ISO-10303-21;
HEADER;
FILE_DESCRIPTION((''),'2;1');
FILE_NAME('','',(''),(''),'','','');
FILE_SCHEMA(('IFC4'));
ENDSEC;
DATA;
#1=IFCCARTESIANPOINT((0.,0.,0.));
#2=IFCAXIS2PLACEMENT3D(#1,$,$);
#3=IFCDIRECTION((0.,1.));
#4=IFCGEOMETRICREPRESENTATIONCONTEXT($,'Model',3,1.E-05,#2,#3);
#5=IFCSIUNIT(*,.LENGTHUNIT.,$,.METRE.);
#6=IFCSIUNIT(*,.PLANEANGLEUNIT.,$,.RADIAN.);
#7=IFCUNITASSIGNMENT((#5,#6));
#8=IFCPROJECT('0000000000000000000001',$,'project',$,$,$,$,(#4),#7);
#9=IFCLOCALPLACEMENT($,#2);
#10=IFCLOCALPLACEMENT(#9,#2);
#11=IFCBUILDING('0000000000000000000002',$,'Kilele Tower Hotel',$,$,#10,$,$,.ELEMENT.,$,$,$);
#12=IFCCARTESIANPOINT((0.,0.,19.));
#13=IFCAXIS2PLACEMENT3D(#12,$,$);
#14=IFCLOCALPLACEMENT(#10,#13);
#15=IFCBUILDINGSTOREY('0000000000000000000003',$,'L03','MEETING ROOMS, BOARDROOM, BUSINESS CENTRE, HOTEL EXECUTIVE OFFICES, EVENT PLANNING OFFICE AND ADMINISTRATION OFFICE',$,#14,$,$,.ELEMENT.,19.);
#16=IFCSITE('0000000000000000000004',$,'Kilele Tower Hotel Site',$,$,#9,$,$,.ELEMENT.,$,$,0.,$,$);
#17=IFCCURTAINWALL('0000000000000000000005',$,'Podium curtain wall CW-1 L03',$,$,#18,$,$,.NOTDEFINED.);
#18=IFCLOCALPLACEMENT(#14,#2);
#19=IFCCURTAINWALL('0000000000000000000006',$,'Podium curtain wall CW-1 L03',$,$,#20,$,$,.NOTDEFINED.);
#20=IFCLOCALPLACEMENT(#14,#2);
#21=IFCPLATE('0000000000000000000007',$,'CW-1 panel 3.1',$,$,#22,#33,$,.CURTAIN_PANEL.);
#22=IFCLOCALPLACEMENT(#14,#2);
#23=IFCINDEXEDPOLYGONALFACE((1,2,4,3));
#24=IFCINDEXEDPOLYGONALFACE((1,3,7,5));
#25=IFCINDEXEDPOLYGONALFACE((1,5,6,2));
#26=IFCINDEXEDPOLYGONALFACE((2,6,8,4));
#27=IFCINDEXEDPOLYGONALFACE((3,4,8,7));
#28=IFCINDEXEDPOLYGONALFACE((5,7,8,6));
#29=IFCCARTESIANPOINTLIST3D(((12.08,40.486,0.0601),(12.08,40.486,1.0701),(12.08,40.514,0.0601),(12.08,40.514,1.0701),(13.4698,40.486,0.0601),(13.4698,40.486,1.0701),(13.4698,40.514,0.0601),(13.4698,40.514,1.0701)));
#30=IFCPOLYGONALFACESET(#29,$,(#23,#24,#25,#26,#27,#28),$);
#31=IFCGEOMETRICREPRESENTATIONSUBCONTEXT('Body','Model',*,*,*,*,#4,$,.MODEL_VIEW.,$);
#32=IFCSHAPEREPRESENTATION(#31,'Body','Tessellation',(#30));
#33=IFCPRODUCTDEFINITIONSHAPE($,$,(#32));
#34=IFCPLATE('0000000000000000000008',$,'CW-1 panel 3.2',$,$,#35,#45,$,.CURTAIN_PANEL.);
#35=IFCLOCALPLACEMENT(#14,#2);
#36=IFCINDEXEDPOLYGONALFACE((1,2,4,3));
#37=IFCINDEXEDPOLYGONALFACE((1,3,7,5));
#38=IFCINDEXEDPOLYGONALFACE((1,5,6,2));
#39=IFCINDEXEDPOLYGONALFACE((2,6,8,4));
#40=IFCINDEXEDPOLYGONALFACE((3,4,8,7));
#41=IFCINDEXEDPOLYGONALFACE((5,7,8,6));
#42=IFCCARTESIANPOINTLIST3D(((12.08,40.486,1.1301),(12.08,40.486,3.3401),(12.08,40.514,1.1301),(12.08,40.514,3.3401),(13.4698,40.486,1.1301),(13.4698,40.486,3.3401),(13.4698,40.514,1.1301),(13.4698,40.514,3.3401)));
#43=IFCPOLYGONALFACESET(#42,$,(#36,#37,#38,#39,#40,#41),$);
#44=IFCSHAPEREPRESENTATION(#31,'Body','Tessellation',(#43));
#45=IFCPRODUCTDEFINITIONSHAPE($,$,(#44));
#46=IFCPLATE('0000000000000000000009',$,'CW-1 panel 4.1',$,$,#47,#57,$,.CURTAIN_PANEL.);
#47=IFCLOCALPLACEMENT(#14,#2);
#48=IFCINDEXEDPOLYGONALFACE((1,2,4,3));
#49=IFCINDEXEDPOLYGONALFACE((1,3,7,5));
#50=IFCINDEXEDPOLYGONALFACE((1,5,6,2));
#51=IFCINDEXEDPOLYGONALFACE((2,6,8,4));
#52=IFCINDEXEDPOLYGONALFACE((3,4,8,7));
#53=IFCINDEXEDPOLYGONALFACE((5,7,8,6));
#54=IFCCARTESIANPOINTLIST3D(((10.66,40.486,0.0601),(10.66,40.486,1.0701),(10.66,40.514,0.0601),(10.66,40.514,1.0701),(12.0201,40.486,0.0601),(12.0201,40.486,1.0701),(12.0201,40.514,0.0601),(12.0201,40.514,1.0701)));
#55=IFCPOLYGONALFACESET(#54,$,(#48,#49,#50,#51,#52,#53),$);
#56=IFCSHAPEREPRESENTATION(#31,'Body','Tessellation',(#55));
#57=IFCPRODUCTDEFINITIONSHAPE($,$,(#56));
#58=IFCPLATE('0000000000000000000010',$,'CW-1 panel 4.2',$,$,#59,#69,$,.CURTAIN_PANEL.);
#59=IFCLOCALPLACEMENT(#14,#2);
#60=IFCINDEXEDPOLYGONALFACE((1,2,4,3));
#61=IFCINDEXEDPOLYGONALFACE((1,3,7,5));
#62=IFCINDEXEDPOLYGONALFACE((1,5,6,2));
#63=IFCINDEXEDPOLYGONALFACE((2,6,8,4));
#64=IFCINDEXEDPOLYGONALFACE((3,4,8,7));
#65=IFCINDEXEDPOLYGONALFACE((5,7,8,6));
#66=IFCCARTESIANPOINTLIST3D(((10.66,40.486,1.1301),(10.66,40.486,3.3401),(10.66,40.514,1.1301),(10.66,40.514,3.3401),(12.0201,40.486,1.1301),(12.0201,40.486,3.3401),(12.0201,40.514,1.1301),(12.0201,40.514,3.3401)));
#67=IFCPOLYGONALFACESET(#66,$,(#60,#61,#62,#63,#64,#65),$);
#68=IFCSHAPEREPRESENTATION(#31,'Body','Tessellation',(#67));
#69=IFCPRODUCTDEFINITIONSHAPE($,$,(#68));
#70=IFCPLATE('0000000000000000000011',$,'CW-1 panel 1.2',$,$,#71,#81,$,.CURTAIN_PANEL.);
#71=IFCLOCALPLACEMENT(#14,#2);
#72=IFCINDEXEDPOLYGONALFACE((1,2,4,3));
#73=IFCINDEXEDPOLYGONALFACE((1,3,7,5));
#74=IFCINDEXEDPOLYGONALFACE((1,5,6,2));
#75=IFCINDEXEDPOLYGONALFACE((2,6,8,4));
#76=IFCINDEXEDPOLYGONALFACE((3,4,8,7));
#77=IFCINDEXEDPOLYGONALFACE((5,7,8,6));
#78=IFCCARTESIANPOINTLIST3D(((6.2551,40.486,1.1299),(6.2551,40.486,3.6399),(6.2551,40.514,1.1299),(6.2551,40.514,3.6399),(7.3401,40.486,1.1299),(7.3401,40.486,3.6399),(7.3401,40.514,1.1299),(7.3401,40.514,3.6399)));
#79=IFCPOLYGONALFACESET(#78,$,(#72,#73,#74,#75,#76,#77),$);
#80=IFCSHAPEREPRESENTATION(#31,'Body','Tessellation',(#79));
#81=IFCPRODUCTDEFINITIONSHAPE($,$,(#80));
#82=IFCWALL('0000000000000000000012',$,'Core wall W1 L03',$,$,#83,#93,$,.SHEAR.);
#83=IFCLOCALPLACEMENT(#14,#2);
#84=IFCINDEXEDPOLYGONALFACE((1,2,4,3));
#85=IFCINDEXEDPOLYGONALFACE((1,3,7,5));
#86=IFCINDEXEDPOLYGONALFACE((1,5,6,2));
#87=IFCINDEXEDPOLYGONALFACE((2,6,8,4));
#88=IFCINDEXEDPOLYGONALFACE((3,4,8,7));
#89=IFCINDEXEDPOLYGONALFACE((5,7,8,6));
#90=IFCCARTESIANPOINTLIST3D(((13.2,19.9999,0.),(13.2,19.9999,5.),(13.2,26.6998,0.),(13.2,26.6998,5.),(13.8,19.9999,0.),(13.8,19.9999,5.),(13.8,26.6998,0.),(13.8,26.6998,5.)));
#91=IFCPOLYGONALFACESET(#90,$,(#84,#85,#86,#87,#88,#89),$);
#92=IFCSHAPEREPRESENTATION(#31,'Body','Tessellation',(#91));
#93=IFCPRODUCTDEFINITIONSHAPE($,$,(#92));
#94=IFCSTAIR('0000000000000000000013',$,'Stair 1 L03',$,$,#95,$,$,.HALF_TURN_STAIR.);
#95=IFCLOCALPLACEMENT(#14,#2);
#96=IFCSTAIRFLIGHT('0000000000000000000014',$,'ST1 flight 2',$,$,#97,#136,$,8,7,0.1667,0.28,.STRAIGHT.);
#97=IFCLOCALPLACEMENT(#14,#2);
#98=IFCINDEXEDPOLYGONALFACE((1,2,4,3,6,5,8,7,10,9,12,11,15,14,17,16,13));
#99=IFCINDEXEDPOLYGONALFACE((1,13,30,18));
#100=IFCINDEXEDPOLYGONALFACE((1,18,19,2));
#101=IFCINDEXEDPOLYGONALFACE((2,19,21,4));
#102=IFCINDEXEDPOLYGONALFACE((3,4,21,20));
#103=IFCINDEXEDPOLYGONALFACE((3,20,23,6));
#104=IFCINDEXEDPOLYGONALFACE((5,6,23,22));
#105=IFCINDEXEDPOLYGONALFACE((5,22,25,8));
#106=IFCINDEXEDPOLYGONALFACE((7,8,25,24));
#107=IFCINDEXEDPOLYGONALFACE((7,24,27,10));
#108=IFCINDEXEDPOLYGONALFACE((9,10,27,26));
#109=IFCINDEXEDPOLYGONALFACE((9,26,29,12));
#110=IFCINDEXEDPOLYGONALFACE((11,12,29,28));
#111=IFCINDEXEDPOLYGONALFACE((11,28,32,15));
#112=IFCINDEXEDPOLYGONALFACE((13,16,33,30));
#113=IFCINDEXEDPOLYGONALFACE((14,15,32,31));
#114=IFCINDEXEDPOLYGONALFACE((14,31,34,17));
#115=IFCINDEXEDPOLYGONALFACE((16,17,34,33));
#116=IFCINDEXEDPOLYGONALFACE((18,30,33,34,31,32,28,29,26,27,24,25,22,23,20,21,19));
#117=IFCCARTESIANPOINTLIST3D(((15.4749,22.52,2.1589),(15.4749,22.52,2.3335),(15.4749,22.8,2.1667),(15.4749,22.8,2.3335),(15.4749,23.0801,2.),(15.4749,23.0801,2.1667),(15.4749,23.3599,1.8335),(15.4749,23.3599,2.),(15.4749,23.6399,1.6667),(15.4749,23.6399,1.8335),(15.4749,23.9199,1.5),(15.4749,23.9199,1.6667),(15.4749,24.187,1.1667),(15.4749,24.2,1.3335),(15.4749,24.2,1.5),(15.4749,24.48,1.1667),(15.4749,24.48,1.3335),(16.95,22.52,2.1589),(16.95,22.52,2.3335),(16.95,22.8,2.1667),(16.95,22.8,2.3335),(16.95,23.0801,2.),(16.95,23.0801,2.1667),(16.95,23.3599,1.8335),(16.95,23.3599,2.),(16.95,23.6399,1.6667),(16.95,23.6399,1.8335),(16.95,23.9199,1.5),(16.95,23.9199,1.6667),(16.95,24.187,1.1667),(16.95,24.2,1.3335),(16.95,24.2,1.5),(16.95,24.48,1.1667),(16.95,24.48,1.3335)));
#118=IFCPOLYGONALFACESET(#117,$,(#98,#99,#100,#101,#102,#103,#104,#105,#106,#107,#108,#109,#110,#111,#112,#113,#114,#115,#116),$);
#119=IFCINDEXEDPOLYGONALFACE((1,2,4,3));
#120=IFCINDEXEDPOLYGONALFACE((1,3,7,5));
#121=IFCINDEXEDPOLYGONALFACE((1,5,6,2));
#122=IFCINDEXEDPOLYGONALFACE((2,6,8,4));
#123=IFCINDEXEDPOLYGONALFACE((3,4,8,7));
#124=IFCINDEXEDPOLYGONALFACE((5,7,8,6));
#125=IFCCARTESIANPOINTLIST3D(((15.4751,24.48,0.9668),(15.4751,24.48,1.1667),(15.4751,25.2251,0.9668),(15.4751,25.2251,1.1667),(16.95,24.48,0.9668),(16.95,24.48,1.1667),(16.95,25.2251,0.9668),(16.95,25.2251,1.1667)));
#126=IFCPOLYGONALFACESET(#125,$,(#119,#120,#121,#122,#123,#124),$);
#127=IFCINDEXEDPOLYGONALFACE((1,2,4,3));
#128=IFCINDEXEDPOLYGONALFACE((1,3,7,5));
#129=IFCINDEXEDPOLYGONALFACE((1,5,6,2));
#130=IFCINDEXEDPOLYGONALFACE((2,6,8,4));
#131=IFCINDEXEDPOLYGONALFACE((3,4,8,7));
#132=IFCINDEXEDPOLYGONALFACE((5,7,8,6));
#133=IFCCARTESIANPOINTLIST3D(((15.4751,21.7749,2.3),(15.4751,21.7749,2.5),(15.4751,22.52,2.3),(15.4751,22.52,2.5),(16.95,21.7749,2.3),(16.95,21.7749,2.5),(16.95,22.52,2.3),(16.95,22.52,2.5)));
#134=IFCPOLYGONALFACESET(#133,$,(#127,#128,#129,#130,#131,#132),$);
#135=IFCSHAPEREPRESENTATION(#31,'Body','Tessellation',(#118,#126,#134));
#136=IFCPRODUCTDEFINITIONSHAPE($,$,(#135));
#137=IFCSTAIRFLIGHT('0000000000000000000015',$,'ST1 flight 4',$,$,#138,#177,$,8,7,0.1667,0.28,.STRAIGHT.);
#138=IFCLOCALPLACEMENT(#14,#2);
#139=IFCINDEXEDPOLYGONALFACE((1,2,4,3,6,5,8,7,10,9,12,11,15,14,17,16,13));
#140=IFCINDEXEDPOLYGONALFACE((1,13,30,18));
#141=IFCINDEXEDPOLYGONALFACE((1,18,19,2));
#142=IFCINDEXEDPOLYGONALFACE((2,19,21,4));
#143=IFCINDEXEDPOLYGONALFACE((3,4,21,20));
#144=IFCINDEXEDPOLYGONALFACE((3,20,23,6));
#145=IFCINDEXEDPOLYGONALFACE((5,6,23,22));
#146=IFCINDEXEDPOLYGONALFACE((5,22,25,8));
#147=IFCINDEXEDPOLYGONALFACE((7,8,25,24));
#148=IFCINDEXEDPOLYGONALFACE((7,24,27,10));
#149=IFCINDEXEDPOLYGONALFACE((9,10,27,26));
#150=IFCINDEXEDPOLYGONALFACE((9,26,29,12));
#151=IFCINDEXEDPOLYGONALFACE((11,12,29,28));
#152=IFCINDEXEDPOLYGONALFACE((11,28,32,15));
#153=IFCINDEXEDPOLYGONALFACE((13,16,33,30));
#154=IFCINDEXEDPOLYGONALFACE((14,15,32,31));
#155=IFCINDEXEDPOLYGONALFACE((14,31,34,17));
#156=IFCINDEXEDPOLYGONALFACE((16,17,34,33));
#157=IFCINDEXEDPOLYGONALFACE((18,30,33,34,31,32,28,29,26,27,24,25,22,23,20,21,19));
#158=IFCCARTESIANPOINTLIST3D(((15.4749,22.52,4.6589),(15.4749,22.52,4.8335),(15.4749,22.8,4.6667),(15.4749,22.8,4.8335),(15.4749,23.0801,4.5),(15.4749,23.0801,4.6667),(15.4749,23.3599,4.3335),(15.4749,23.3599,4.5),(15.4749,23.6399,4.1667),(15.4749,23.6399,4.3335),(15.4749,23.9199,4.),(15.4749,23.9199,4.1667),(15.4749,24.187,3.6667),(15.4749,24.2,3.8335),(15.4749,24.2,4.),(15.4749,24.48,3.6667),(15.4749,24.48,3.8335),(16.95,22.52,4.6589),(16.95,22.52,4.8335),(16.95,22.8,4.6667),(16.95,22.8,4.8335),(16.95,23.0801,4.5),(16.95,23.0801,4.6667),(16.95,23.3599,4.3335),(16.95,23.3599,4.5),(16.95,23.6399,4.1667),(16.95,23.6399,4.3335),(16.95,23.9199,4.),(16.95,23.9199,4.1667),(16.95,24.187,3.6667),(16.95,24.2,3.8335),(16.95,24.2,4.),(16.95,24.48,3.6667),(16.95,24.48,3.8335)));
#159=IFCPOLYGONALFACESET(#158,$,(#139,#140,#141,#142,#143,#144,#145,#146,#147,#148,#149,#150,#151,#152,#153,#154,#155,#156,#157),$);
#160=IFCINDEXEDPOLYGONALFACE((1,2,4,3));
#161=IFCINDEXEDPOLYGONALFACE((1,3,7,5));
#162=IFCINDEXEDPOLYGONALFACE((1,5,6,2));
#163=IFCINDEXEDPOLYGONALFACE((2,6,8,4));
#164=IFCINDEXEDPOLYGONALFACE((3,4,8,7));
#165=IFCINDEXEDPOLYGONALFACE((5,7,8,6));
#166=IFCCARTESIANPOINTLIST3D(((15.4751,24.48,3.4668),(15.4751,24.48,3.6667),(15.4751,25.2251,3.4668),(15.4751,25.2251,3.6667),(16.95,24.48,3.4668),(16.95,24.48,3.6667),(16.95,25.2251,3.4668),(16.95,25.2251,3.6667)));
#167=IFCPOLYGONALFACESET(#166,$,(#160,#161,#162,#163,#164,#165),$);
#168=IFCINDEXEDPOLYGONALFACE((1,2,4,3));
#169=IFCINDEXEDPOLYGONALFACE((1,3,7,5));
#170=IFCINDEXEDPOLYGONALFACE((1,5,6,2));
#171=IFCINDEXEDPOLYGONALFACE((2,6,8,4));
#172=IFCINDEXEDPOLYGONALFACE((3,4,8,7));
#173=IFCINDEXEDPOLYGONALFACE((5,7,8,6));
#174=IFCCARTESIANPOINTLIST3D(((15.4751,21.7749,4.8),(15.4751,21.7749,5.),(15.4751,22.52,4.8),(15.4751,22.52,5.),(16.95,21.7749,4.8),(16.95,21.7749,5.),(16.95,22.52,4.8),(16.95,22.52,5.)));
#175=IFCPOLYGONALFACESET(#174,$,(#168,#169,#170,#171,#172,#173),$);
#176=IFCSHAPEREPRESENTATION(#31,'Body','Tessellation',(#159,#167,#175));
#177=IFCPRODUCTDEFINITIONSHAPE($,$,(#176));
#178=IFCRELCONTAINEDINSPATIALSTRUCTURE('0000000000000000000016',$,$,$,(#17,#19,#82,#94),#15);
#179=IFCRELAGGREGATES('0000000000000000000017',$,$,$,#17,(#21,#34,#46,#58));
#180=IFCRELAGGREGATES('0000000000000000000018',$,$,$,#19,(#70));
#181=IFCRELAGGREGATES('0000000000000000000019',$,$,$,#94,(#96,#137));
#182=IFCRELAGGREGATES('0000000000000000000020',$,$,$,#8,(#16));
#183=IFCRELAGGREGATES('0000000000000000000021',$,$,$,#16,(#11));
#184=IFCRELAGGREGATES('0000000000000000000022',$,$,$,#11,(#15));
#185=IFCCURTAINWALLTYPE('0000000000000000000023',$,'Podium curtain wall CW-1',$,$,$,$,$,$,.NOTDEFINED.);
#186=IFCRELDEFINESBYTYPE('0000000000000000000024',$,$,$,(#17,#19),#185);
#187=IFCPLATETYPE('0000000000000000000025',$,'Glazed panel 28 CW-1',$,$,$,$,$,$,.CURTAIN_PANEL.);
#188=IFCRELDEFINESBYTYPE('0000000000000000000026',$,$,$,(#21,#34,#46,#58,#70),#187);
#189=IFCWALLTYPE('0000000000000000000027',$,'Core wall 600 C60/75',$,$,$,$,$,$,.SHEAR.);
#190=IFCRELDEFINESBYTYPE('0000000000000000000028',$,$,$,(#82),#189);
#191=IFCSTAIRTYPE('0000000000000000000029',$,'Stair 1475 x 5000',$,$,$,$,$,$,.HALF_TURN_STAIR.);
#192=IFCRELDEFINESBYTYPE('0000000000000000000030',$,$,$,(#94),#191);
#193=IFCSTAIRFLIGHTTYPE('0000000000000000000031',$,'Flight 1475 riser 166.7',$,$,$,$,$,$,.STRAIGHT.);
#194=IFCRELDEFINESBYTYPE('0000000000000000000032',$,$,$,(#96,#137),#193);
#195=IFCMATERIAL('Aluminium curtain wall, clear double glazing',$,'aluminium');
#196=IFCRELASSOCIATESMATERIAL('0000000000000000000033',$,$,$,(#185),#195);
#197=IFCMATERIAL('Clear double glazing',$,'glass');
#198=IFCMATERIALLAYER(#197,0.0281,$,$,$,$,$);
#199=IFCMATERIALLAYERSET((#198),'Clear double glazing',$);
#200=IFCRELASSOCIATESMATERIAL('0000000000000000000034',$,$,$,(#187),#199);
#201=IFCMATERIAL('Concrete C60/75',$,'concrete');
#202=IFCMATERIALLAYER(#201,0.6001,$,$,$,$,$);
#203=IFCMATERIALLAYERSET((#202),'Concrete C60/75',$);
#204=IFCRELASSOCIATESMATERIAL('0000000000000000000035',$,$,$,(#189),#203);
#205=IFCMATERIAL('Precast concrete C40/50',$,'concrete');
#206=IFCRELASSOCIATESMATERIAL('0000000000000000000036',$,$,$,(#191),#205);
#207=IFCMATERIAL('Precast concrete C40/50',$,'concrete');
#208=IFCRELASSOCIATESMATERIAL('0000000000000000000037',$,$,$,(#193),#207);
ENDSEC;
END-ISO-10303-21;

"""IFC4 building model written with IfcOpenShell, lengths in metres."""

from ifc_helpers import new_model, si_unit, direction, frame, frame_2d, origin, origin_2d, place, context, subcontext, project, spatial, polyline, rectangle, outline, extrude, material, layer, layer_set, type_object, element, aggregate, save


model = new_model("IFC4")

# Units and contexts
model_context = context("Model", 3, precision=1e-05, world=origin(), true_north=direction((0.0, 1.0)))
body_context = subcontext(model_context, "Body", "Model", "MODEL_VIEW")
ifc_project = project(units=[si_unit("LENGTHUNIT", "METRE"), si_unit("PLANEANGLEUNIT", "RADIAN")], contexts=[model_context])

# Site, building, storey
site_placement = place(None, origin())
site = spatial("IfcSite", under=ifc_project, at=site_placement, Name="Kilele Tower Hotel Site", CompositionType="ELEMENT", RefElevation=0.0)
building_placement = place(site_placement, origin())
building = spatial("IfcBuilding", under=site, at=building_placement, Name="Kilele Tower Hotel", CompositionType="ELEMENT")
storey_placement = place(building_placement, frame((0.0, 0.0, 19.0)))
storey = spatial("IfcBuildingStorey", under=building, at=storey_placement, Name="L03", Description="MEETING ROOMS, BOARDROOM, BUSINESS CENTRE, HOTEL EXECUTIVE OFFICES, EVENT PLANNING OFFICE AND ADMINISTRATION OFFICE", CompositionType="ELEMENT", Elevation=19.0)

# Curtain wall
ifc_material_1 = material(Name="Aluminium curtain wall, clear double glazing", Category="aluminium")
curtain_wall_type = type_object("IfcCurtainWallType", Name="Podium curtain wall CW-1", PredefinedType="NOTDEFINED", material=ifc_material_1)
curtain_wall_1_placement = place(storey_placement, origin())
curtain_wall_1 = element("IfcCurtainWall", 1, at=curtain_wall_1_placement, inside=storey, type_object=curtain_wall_type, Name="Podium curtain wall CW-1 L03", PredefinedType="NOTDEFINED")

# Curtain wall
curtain_wall_2_placement = place(storey_placement, origin())
curtain_wall_2 = element("IfcCurtainWall", 2, at=curtain_wall_2_placement, inside=storey, type_object=curtain_wall_type, Name="Podium curtain wall CW-1 L03", PredefinedType="NOTDEFINED")

# Plates
ifc_material_2 = material(Name="Clear double glazing", Category="glass")
ifc_layer_1 = layer(ifc_material_2, 0.0281)
ifc_layer_set_1 = layer_set([ifc_layer_1], Name="Clear double glazing")
plate_type = type_object("IfcPlateType", Name="Glazed panel 28 CW-1", PredefinedType="CURTAIN_PANEL", material=ifc_layer_set_1)
plate_1_placement = place(storey_placement, frame((12.7749, 40.5, 0.0601), z_axis=(0.0, 0.0, 1.0), x_axis=(-1.0, 0.0, 0.0)))
plate_1 = element("IfcPlate", 3, at=plate_1_placement, type_object=plate_type, Name="CW-1 panel 3.1", PredefinedType="CURTAIN_PANEL", context=body_context, shape_type="SweptSolid", body=[
    extrude(rectangle(XDim=1.3899, YDim=0.0281, at=origin_2d()), origin(), (0.0, 0.0, 1.0), 1.01),
])
plate_2_placement = place(storey_placement, frame((12.7749, 40.5, 1.1301), z_axis=(0.0, 0.0, 1.0), x_axis=(-1.0, 0.0, 0.0)))
plate_2 = element("IfcPlate", 4, at=plate_2_placement, type_object=plate_type, Name="CW-1 panel 3.2", PredefinedType="CURTAIN_PANEL", context=body_context, shape_type="SweptSolid", body=[
    extrude(rectangle(XDim=1.3899, YDim=0.0281, at=origin_2d()), origin(), (0.0, 0.0, 1.0), 2.21),
])
plate_3_placement = place(storey_placement, frame((11.3401, 40.5, 0.0601), z_axis=(0.0, 0.0, 1.0), x_axis=(-1.0, 0.0, 0.0)))
plate_3 = element("IfcPlate", 5, at=plate_3_placement, type_object=plate_type, Name="CW-1 panel 4.1", PredefinedType="CURTAIN_PANEL", context=body_context, shape_type="SweptSolid", body=[
    extrude(rectangle(XDim=1.3601, YDim=0.0281, at=origin_2d()), origin(), (0.0, 0.0, 1.0), 1.01),
])
plate_4_placement = place(storey_placement, frame((11.3401, 40.5, 1.1301), z_axis=(0.0, 0.0, 1.0), x_axis=(-1.0, 0.0, 0.0)))
plate_4 = element("IfcPlate", 6, at=plate_4_placement, type_object=plate_type, Name="CW-1 panel 4.2", PredefinedType="CURTAIN_PANEL", context=body_context, shape_type="SweptSolid", body=[
    extrude(rectangle(XDim=1.3601, YDim=0.0281, at=origin_2d()), origin(), (0.0, 0.0, 1.0), 2.21),
])
aggregate(curtain_wall_1, [plate_1, plate_2, plate_3, plate_4])
plate_5_placement = place(storey_placement, frame((6.7976, 40.5, 1.1299), z_axis=(0.0, 0.0, 1.0), x_axis=(-1.0, 0.0, 0.0)))
plate_5 = element("IfcPlate", 7, at=plate_5_placement, type_object=plate_type, Name="CW-1 panel 1.2", PredefinedType="CURTAIN_PANEL", context=body_context, shape_type="SweptSolid", body=[
    extrude(rectangle(XDim=1.085, YDim=0.0281, at=origin_2d()), origin(), (0.0, 0.0, 1.0), 2.51),
])
aggregate(curtain_wall_2, [plate_5])

# Wall
ifc_material_3 = material(Name="Concrete C60/75", Category="concrete")
ifc_layer_2 = layer(ifc_material_3, 0.6001)
ifc_layer_set_2 = layer_set([ifc_layer_2], Name="Concrete C60/75")
wall_type = type_object("IfcWallType", Name="Core wall 600 C60/75", PredefinedType="SHEAR", material=ifc_layer_set_2)
wall_placement = place(storey_placement, frame((13.5, 26.7, 0.0), z_axis=(0.0, 0.0, 1.0), x_axis=(0.0, -1.0, 0.0)))
element("IfcWall", 8, at=wall_placement, inside=storey, type_object=wall_type, Name="Core wall W1 L03", PredefinedType="SHEAR", context=body_context, shape_type="SweptSolid", body=[
    extrude(rectangle(XDim=6.7, YDim=0.6001, at=frame_2d((3.3501, 0.0))), origin(), (0.0, 0.0, 1.0), 5.0),
])

# Stair, stair flights
ifc_material_4 = material(Name="Precast concrete C40/50", Category="concrete")
stair_type = type_object("IfcStairType", Name="Stair 1475 x 5000", PredefinedType="HALF_TURN_STAIR", material=ifc_material_4)
stair_placement = place(storey_placement, origin())
stair = element("IfcStair", 9, at=stair_placement, inside=storey, type_object=stair_type, Name="Stair 1 L03", PredefinedType="HALF_TURN_STAIR")
ifc_material_5 = material(Name="Precast concrete C40/50", Category="concrete")
stair_flight_type = type_object("IfcStairFlightType", Name="Flight 1475 riser 166.7", PredefinedType="STRAIGHT", material=ifc_material_5)
stair_flight_1_placement = place(storey_placement, frame((16.2124, 24.48, 1.1667), z_axis=(0.0, 0.0, 1.0), x_axis=(0.0, -1.0, 0.0)))
stair_flight_1 = element("IfcStairFlight", 10, at=stair_flight_1_placement, type_object=stair_flight_type, Name="ST1 flight 2", NumberOfRisers=8, NumberOfTreads=7, PredefinedType="STRAIGHT", RiserHeight=0.1667, TreadLength=0.28, context=body_context, shape_type="SweptSolid", body=[
    extrude(outline(polyline([(0.0, 0.0), (0.0, 0.1667), (0.28, 0.1667), (0.28, 0.3333), (0.5601, 0.3333), (0.5601, 0.5), (0.8401, 0.5), (0.8401, 0.6667), (1.1201, 0.6667), (1.1201, 0.8333), (1.3999, 0.8333), (1.3999, 1.0), (1.6799, 1.0), (1.6799, 1.1667), (1.96, 1.1667), (1.96, 1.3333), (1.96, 0.9922), (0.293, 0.0), (0.0, 0.0)])), frame((0.0, 0.7375, 0.0), z_axis=(0.0, -1.0, 0.0), x_axis=(1.0, 0.0, 0.0)), (0.0, 0.0, 1.0), 1.4751),
    extrude(outline(polyline([(0.0, -0.7373), (0.0, 0.7375), (-0.7451, 0.7375), (-0.7451, -0.7373), (0.0, -0.7373)])), frame((0.0, 0.0, -0.2)), (0.0, 0.0, 1.0), 0.2),
    extrude(outline(polyline([(2.7051, -0.7373), (2.7051, 0.7375), (1.96, 0.7375), (1.96, -0.7373), (2.7051, -0.7373)])), frame((0.0, 0.0, 1.1333)), (0.0, 0.0, 1.0), 0.2),
])
stair_flight_2_placement = place(storey_placement, frame((16.2124, 24.48, 3.6667), z_axis=(0.0, 0.0, 1.0), x_axis=(0.0, -1.0, 0.0)))
stair_flight_2 = element("IfcStairFlight", 11, at=stair_flight_2_placement, type_object=stair_flight_type, Name="ST1 flight 4", NumberOfRisers=8, NumberOfTreads=7, PredefinedType="STRAIGHT", RiserHeight=0.1667, TreadLength=0.28, context=body_context, shape_type="SweptSolid", body=[
    extrude(outline(polyline([(0.0, 0.0), (0.0, 0.1667), (0.28, 0.1667), (0.28, 0.3333), (0.5601, 0.3333), (0.5601, 0.5), (0.8401, 0.5), (0.8401, 0.6667), (1.1201, 0.6667), (1.1201, 0.8333), (1.3999, 0.8333), (1.3999, 1.0), (1.6799, 1.0), (1.6799, 1.1667), (1.96, 1.1667), (1.96, 1.3333), (1.96, 0.9922), (0.293, 0.0), (0.0, 0.0)])), frame((0.0, 0.7375, 0.0), z_axis=(0.0, -1.0, 0.0), x_axis=(1.0, 0.0, 0.0)), (0.0, 0.0, 1.0), 1.4751),
    extrude(outline(polyline([(0.0, -0.7373), (0.0, 0.7375), (-0.7451, 0.7375), (-0.7451, -0.7373), (0.0, -0.7373)])), frame((0.0, 0.0, -0.2)), (0.0, 0.0, 1.0), 0.2),
    extrude(outline(polyline([(2.7051, -0.7373), (2.7051, 0.7375), (1.96, 0.7375), (1.96, -0.7373), (2.7051, -0.7373)])), frame((0.0, 0.0, 1.1333)), (0.0, 0.0, 1.0), 0.2),
])
aggregate(stair, [stair_flight_1, stair_flight_2])

save(model, "model.ifc")
